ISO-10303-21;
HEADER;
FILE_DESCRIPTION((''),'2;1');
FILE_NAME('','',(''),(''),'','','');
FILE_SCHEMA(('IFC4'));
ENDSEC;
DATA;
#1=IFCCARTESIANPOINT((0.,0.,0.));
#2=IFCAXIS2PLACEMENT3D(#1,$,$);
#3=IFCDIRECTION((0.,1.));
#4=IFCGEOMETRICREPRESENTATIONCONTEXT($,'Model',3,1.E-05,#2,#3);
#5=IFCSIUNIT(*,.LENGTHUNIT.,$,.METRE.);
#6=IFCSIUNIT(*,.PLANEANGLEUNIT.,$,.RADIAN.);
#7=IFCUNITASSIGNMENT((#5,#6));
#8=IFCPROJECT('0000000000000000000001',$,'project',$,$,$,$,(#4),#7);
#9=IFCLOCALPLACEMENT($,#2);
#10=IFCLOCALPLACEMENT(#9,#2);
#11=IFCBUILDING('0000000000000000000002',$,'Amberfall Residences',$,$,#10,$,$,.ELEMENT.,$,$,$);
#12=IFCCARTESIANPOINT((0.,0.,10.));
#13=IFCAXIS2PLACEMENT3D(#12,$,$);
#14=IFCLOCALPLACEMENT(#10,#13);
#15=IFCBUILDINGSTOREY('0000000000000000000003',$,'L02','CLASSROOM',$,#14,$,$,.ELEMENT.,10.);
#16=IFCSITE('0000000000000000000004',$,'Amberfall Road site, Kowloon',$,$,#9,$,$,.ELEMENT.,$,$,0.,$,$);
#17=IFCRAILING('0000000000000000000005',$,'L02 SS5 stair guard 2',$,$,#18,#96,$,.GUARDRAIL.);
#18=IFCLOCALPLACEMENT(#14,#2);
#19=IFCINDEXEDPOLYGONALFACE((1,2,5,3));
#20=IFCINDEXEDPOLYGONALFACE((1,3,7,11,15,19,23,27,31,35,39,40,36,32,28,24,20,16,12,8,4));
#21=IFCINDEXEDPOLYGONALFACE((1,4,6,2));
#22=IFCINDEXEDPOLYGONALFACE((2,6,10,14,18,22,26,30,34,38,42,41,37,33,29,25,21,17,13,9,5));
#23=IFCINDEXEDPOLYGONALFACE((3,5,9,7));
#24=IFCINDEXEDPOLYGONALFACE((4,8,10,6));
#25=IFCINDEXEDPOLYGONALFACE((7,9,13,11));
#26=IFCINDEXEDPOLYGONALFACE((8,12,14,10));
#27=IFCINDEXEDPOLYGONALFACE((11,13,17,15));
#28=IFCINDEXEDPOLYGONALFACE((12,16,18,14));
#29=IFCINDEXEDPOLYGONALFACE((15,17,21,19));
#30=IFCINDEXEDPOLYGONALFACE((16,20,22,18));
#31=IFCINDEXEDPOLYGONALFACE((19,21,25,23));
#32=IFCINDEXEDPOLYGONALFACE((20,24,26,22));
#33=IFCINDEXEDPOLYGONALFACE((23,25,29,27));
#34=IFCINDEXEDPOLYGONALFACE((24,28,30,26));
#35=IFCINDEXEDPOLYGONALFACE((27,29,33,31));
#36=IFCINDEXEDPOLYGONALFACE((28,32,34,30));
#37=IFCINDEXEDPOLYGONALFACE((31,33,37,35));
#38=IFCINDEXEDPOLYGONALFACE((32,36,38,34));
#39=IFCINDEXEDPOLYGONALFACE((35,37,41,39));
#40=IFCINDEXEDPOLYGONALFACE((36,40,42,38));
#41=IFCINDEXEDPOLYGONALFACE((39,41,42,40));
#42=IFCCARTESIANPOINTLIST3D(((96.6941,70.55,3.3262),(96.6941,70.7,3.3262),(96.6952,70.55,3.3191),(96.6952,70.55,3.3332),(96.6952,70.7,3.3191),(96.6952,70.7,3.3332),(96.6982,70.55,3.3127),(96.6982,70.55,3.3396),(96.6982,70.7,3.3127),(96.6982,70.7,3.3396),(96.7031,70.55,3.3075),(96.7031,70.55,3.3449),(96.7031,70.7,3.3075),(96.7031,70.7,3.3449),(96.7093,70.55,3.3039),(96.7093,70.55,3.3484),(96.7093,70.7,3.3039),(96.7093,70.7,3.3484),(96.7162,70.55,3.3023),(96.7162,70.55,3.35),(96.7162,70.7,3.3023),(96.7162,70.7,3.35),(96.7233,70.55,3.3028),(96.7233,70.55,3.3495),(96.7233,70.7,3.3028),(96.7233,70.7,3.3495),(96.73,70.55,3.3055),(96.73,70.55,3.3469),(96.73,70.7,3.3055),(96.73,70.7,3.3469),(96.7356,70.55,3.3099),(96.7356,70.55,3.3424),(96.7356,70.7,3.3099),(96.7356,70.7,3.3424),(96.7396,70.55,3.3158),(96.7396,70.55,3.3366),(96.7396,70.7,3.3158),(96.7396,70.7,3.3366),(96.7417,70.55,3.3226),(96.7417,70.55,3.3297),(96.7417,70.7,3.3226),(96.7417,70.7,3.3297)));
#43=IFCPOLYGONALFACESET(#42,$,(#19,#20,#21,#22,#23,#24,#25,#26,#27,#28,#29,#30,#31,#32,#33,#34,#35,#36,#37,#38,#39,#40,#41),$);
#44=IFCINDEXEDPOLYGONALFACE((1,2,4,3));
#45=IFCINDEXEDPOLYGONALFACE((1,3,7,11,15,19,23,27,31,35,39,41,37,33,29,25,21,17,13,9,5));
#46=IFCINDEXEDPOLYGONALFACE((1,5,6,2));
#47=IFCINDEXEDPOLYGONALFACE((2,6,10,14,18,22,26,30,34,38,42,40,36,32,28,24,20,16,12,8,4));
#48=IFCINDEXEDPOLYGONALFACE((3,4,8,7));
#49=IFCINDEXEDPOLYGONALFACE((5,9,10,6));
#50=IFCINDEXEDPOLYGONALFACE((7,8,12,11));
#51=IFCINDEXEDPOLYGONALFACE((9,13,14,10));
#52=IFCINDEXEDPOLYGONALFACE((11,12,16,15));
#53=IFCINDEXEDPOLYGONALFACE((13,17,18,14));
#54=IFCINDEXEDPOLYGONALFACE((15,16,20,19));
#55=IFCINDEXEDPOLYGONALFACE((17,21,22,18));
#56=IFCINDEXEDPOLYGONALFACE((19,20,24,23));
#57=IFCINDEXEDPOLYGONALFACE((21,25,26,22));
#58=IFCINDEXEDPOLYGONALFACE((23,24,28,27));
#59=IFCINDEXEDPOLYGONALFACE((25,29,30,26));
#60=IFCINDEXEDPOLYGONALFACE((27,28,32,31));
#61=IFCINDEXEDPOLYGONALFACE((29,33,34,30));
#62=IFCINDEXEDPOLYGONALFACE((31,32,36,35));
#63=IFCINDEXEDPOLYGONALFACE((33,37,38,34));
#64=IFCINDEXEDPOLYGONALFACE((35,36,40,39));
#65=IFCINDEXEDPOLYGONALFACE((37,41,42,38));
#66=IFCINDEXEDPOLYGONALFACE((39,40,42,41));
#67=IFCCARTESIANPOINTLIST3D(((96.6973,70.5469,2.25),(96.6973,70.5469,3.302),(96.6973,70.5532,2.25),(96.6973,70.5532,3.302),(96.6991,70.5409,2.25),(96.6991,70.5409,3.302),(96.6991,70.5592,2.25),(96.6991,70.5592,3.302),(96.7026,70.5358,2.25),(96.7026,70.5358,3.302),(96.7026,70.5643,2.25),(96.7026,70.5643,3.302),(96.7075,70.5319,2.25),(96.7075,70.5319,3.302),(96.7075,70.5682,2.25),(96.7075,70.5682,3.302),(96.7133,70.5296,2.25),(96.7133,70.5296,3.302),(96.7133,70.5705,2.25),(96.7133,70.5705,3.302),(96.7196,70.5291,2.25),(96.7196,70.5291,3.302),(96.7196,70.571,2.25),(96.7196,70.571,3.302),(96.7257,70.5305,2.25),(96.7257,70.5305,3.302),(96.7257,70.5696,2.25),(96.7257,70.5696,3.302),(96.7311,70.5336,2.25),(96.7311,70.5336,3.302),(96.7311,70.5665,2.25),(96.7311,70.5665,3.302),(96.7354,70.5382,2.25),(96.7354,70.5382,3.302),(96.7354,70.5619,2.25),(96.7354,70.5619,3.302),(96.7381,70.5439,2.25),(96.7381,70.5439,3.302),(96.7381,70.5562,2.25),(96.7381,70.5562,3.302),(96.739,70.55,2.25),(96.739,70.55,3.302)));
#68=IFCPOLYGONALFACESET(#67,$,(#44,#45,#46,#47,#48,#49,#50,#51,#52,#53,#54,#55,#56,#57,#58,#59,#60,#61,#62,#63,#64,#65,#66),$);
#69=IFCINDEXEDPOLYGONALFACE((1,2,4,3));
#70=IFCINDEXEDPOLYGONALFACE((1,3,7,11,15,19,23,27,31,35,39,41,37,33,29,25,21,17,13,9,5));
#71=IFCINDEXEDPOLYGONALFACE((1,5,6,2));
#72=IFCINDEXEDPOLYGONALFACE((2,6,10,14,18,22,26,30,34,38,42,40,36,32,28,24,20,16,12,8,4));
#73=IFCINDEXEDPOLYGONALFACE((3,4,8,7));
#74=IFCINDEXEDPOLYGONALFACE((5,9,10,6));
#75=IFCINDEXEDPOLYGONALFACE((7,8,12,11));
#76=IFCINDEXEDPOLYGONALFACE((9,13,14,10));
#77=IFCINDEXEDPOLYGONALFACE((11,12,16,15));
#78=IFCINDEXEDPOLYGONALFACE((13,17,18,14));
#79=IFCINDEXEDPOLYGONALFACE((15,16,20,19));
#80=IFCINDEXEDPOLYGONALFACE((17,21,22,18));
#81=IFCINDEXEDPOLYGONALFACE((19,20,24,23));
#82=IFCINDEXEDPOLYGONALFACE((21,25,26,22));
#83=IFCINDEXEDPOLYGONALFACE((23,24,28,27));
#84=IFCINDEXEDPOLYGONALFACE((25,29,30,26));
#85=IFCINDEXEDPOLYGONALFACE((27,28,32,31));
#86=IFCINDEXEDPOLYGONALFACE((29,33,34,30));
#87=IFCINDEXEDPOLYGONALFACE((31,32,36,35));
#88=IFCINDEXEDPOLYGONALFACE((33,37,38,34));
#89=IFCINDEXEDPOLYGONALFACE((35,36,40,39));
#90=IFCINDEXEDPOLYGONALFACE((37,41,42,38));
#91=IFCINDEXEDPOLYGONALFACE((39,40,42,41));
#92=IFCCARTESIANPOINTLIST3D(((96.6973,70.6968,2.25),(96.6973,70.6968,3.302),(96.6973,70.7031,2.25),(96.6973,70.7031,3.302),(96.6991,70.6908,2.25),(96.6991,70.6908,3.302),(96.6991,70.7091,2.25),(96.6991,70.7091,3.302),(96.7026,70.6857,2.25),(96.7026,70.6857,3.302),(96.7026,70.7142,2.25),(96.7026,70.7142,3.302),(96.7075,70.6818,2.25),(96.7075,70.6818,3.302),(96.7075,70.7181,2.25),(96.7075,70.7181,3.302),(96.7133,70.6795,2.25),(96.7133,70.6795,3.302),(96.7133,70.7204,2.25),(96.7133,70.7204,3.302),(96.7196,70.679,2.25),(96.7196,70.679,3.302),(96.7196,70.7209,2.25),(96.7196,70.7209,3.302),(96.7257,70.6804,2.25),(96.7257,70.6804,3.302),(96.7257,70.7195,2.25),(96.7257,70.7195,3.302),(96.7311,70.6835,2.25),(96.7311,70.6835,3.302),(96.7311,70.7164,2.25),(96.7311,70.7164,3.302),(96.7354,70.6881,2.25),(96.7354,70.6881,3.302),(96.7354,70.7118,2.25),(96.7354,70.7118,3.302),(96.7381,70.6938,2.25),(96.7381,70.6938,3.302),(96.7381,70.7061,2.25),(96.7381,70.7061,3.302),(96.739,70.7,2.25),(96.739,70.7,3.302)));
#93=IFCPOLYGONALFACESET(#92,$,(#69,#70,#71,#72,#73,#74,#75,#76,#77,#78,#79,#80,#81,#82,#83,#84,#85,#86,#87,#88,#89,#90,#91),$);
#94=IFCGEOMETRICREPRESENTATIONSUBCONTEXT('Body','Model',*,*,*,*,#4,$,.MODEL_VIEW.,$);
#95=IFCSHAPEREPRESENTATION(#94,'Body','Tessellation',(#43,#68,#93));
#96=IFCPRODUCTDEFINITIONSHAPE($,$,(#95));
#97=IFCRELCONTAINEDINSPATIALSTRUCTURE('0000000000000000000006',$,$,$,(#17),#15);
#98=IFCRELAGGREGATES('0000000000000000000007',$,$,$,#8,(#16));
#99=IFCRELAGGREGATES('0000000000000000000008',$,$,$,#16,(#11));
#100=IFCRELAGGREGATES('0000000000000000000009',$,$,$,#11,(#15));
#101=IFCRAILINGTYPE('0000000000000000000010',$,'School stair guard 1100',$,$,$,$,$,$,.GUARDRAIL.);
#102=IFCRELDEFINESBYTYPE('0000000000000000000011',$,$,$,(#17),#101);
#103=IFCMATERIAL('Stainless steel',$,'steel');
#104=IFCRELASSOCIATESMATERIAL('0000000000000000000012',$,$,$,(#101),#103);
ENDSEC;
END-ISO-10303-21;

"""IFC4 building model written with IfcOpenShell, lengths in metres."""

from ifc_helpers import new_model, si_unit, direction, frame, origin, origin_2d, place, context, subcontext, project, spatial, circle, extrude, material, type_object, element, save


model = new_model("IFC4")

# Units and contexts
model_context = context("Model", 3, precision=1e-05, world=origin(), true_north=direction((0.0, 1.0)))
body_context = subcontext(model_context, "Body", "Model", "MODEL_VIEW")
ifc_project = project(units=[si_unit("LENGTHUNIT", "METRE"), si_unit("PLANEANGLEUNIT", "RADIAN")], contexts=[model_context])

# Site, building, storey
site_placement = place(None, origin())
site = spatial("IfcSite", under=ifc_project, at=site_placement, Name="Amberfall Road site, Kowloon", CompositionType="ELEMENT", RefElevation=0.0)
building_placement = place(site_placement, origin())
building = spatial("IfcBuilding", under=site, at=building_placement, Name="Amberfall Residences", CompositionType="ELEMENT")
storey_placement = place(building_placement, frame((0.0, 0.0, 10.0)))
storey = spatial("IfcBuildingStorey", under=building, at=storey_placement, Name="L02", Description="CLASSROOM", CompositionType="ELEMENT", Elevation=10.0)

# Railing
ifc_material_1 = material(Name="Stainless steel", Category="steel")
railing_type_1 = type_object("IfcRailingType", Name="School stair guard 1100", PredefinedType="GUARDRAIL", material=ifc_material_1)
railing_1_placement = place(storey_placement, frame((96.718, 70.55, 2.25)))
element("IfcRailing", 1, at=railing_1_placement, inside=storey, type_object=railing_type_1, Name="L02 SS5 stair guard 2", PredefinedType="GUARDRAIL", context=body_context, shape_type="SweptSolid", body=[
    extrude(circle(Radius=0.0239, at=origin_2d()), frame((0.0, 0.0, 1.0762), z_axis=(0.0, 1.0, 0.0), x_axis=(-1.0, 0.0, 0.0)), (0.0, 0.0, 1.0), 0.1499),
    extrude(circle(Radius=0.021, at=origin_2d()), origin(), (0.0, 0.0, 1.0), 1.052),
    extrude(circle(Radius=0.021, at=origin_2d()), frame((0.0, 0.1499, 0.0)), (0.0, 0.0, 1.0), 1.052),
])

save(model, "model.ifc")
